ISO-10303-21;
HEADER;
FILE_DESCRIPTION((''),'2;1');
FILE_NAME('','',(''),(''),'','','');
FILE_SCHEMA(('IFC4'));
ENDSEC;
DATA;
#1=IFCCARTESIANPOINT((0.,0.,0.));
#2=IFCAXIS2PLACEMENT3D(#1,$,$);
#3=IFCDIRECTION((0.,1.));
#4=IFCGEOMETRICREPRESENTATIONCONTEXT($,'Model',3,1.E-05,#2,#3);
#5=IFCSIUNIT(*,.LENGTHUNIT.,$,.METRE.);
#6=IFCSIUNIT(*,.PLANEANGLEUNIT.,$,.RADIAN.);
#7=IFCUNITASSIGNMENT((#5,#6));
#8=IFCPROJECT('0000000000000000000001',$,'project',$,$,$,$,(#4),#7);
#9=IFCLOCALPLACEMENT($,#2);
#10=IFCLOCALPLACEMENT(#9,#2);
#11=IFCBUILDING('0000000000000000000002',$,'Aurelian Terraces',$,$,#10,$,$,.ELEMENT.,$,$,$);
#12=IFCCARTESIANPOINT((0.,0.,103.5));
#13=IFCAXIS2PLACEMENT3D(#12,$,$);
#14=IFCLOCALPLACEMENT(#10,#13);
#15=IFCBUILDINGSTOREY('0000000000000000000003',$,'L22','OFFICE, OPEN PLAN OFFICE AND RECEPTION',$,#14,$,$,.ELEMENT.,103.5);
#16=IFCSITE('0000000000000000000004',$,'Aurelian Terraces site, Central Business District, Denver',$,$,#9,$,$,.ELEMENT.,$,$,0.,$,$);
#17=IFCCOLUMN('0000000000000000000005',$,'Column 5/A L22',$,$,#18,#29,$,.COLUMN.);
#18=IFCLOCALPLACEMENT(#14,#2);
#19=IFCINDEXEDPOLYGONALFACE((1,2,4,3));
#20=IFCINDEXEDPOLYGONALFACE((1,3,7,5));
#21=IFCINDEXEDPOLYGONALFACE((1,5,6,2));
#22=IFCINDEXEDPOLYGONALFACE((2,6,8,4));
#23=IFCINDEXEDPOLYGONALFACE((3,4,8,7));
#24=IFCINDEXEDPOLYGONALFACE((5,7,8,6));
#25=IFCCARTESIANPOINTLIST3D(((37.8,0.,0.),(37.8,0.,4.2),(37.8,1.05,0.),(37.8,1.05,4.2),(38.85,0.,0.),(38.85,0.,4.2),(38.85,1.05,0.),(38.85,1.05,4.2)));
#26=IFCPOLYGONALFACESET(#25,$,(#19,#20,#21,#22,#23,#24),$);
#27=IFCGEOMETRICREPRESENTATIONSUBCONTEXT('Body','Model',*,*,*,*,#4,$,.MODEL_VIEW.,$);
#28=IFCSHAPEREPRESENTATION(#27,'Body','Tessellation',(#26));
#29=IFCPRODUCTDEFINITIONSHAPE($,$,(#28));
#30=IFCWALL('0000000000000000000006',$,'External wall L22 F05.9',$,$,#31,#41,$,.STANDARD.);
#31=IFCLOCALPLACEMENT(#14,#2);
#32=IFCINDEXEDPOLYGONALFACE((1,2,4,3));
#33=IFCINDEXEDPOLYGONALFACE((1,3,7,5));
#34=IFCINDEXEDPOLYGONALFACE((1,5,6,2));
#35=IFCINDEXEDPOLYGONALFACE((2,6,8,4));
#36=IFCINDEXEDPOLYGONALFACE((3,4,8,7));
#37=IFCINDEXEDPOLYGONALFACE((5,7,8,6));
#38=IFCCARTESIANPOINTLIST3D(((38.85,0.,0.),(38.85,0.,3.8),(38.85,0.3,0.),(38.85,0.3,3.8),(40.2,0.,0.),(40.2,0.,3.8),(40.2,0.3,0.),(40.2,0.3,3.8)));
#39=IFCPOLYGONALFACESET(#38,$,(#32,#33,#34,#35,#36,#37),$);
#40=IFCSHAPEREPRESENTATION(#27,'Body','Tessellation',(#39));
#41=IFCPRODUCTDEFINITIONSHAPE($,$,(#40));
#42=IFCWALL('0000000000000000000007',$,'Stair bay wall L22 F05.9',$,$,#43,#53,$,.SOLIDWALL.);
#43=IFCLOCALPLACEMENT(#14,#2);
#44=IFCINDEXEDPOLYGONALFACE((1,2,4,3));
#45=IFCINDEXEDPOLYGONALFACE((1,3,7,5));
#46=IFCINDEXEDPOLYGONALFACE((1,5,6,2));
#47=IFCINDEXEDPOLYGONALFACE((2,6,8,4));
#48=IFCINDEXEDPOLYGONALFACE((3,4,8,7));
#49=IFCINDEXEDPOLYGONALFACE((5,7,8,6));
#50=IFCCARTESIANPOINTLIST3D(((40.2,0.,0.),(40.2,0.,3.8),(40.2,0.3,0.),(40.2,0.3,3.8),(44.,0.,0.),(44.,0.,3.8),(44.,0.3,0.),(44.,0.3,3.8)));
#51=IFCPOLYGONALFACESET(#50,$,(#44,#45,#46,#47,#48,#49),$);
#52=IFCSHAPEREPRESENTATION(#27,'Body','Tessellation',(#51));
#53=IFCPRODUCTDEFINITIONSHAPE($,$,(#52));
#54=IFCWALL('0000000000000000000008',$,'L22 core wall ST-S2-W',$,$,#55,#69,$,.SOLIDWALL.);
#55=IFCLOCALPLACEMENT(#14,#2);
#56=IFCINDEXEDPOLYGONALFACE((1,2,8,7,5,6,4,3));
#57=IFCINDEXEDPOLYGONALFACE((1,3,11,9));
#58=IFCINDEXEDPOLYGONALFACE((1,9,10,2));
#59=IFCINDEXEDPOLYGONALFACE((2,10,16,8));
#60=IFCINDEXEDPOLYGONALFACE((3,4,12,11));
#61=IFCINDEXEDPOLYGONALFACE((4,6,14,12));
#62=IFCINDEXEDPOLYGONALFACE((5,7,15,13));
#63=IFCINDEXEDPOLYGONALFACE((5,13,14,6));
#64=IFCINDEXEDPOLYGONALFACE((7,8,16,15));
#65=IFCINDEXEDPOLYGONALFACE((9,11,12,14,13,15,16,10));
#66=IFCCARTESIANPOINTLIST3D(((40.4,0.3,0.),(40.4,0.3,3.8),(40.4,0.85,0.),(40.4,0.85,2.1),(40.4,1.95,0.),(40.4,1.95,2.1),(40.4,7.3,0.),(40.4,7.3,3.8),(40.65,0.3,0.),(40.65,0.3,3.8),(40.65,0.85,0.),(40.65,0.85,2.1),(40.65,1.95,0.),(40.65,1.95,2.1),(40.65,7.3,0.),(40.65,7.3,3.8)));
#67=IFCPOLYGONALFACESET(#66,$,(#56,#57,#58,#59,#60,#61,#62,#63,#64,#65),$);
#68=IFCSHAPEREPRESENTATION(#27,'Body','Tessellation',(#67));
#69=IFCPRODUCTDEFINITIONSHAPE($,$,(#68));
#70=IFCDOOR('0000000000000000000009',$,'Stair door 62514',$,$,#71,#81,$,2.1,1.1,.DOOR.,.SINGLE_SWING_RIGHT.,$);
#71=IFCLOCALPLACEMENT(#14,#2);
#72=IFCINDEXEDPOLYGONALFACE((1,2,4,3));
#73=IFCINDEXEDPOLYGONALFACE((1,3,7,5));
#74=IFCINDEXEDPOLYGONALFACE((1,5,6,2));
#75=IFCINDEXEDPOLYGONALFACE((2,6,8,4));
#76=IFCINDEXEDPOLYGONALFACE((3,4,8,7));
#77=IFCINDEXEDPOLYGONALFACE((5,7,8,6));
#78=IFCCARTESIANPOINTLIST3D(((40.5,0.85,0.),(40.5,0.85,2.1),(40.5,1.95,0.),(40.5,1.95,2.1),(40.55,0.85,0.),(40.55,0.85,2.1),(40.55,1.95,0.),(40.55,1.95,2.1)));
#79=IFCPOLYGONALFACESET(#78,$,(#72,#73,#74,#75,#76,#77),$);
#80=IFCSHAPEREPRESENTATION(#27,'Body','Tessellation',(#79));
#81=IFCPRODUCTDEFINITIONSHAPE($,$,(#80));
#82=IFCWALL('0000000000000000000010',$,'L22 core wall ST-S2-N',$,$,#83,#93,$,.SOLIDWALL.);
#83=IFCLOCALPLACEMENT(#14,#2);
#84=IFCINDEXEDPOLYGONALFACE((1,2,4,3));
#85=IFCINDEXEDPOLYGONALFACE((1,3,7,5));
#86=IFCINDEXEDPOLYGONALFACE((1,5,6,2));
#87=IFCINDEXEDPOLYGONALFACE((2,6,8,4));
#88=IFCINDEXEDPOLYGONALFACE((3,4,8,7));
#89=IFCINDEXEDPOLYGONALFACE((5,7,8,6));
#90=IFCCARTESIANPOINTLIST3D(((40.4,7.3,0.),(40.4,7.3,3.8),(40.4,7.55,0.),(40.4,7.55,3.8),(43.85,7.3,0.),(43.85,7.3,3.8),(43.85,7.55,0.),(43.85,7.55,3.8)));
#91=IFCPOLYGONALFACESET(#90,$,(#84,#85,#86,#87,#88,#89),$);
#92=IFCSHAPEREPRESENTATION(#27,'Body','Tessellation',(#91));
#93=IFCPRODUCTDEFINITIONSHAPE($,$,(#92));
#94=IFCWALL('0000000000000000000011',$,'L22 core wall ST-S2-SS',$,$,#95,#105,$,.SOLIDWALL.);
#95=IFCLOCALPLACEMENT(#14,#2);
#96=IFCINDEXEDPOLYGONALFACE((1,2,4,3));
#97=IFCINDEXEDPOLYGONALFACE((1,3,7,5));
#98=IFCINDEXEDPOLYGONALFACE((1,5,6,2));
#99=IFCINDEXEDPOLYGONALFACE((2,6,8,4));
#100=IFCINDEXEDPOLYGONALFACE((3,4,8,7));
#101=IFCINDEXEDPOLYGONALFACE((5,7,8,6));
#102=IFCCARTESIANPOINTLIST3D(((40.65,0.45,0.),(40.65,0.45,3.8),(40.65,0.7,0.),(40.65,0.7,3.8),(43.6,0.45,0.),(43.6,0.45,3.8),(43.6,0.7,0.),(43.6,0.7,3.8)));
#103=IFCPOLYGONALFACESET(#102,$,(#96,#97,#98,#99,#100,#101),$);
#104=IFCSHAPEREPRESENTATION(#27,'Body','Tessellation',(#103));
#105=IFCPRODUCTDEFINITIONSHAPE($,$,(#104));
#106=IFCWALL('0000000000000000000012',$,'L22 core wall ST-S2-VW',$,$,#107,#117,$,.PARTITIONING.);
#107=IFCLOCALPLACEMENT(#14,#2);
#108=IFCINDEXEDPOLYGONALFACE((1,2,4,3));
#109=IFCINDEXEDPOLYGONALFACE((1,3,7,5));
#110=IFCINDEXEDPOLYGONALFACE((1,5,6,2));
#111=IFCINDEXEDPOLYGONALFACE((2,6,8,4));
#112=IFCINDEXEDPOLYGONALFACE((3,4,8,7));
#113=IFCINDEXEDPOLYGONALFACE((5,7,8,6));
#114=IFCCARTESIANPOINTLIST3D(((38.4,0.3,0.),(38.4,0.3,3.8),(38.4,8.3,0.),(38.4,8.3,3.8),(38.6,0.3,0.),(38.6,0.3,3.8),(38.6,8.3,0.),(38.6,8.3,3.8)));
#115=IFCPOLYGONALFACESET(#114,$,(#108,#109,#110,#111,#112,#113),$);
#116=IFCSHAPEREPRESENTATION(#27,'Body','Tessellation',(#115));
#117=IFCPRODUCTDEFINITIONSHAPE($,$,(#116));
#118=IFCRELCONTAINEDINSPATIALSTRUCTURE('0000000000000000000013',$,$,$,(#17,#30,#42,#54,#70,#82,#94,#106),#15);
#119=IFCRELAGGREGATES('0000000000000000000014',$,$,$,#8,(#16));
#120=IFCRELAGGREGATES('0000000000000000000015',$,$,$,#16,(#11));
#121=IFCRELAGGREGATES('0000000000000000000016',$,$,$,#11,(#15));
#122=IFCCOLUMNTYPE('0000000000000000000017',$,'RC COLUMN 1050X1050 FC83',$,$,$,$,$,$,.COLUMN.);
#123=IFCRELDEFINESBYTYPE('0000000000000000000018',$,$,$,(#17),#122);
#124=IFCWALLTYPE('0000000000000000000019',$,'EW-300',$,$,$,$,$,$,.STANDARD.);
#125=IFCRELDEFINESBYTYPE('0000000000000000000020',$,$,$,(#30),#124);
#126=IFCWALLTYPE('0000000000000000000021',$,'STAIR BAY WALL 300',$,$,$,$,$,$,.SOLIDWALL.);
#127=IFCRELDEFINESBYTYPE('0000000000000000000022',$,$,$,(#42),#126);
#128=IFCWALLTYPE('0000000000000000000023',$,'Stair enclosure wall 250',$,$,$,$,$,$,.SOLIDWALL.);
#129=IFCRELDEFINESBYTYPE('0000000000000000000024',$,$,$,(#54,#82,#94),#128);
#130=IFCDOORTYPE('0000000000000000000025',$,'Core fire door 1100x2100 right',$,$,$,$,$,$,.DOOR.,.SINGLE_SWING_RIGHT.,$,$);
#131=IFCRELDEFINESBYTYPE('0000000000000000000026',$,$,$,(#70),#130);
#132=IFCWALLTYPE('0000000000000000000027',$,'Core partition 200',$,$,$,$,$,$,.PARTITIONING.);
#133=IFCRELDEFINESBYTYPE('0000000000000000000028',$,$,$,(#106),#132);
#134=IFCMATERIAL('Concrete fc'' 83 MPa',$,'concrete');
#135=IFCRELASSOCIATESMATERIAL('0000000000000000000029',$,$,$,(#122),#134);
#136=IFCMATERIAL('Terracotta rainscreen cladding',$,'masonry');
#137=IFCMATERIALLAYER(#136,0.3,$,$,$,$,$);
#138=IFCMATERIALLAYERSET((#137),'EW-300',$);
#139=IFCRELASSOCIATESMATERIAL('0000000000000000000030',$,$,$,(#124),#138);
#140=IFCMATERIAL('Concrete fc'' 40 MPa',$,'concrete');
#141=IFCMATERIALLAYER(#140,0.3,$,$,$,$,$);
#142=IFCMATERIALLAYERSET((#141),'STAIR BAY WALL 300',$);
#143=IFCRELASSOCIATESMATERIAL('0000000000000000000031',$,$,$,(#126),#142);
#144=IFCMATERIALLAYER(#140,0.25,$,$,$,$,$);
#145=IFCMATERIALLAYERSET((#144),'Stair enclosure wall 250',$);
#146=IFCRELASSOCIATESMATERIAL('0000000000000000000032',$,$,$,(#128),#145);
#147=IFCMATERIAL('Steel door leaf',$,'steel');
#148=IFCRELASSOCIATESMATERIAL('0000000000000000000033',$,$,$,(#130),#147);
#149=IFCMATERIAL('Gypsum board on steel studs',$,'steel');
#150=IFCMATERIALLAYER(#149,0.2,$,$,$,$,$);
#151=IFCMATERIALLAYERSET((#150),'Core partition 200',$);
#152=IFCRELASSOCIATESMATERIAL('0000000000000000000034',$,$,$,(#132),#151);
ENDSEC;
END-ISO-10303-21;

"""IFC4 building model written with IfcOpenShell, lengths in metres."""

from ifc_helpers import new_model, si_unit, direction, frame, frame_2d, origin, origin_2d, place, context, subcontext, project, spatial, rectangle, extrude, source, transform, mapped, material, layer, layer_set, material_profile, profile_set, type_object, element, fill, save


model = new_model("IFC4")

# Units and contexts
model_context = context("Model", 3, precision=1e-05, world=origin(), true_north=direction((0.0, 1.0)))
body_context = subcontext(model_context, "Body", "Model", "MODEL_VIEW")
ifc_project = project(units=[si_unit("LENGTHUNIT", "METRE"), si_unit("PLANEANGLEUNIT", "RADIAN")], contexts=[model_context])

# Site, building, storey
site_placement = place(None, origin())
site = spatial("IfcSite", under=ifc_project, at=site_placement, Name="Aurelian Terraces site, Central Business District, Denver", CompositionType="ELEMENT", RefElevation=0.0)
building_placement = place(site_placement, origin())
building = spatial("IfcBuilding", under=site, at=building_placement, Name="Aurelian Terraces", CompositionType="ELEMENT")
storey_placement = place(building_placement, frame((0.0, 0.0, 103.5)))
storey = spatial("IfcBuildingStorey", under=building, at=storey_placement, Name="L22", Description="OFFICE, OPEN PLAN OFFICE AND RECEPTION", CompositionType="ELEMENT", Elevation=103.5)

# Column
ifc_material_1 = material(Name="Concrete fc' 83 MPa", Category="concrete")
ifc_material_profile = material_profile(ifc_material_1, rectangle(XDim=1.05, YDim=1.05, at=origin_2d()))
ifc_profile_set = profile_set([ifc_material_profile], Name="Concrete fc' 83 MPa")
column_type = type_object("IfcColumnType", Name="RC COLUMN 1050X1050 FC83", PredefinedType="COLUMN", material=ifc_profile_set)
shared_shape_1 = source(origin(), body_context, "Body", "SweptSolid", [
    extrude(rectangle(XDim=1.05, YDim=1.05, at=origin_2d()), origin(), (0.0, 0.0, 1.0), 4.2),
])
column_placement = place(storey_placement, frame((38.325, 0.525, 0.0), z_axis=(0.0, 0.0, 1.0), x_axis=(1.0, 0.0, 0.0)))
element("IfcColumn", 1, at=column_placement, inside=storey, type_object=column_type, Name="Column 5/A L22", PredefinedType="COLUMN", context=body_context, shape_type="MappedRepresentation", body=[
    mapped(shared_shape_1, transform((0.0, 0.0, 0.0), scale=1.0)),
])

# Walls
ifc_material_2 = material(Name="Terracotta rainscreen cladding", Category="masonry")
ifc_layer_1 = layer(ifc_material_2, 0.3)
ifc_layer_set_1 = layer_set([ifc_layer_1], Name="EW-300")
wall_type_1 = type_object("IfcWallType", Name="EW-300", PredefinedType="STANDARD", material=ifc_layer_set_1)
wall_1_placement = place(storey_placement, frame((38.85, 0.15, 0.0), z_axis=(0.0, 0.0, 1.0), x_axis=(1.0, 0.0, 0.0)))
element("IfcWall", 2, at=wall_1_placement, inside=storey, type_object=wall_type_1, Name="External wall L22 F05.9", PredefinedType="STANDARD", context=body_context, shape_type="SweptSolid", body=[
    extrude(rectangle(XDim=1.35, YDim=0.3, at=frame_2d((0.675, 0.0))), origin(), (0.0, 0.0, 1.0), 3.8),
])
ifc_material_3 = material(Name="Concrete fc' 40 MPa", Category="concrete")
ifc_layer_2 = layer(ifc_material_3, 0.3)
ifc_layer_set_2 = layer_set([ifc_layer_2], Name="STAIR BAY WALL 300")
wall_type_2 = type_object("IfcWallType", Name="STAIR BAY WALL 300", PredefinedType="SOLIDWALL", material=ifc_layer_set_2)
shared_shape_2 = source(origin(), body_context, "Body", "SweptSolid", [
    extrude(rectangle(XDim=3.8, YDim=0.3, at=frame_2d((1.9, 0.0))), origin(), (0.0, 0.0, 1.0), 3.8),
])
wall_2_placement = place(storey_placement, frame((40.2, 0.15, 0.0), z_axis=(0.0, 0.0, 1.0), x_axis=(1.0, 0.0, 0.0)))
element("IfcWall", 3, at=wall_2_placement, inside=storey, type_object=wall_type_2, Name="Stair bay wall L22 F05.9", PredefinedType="SOLIDWALL", context=body_context, shape_type="MappedRepresentation", body=[
    mapped(shared_shape_2, transform((0.0, 0.0, 0.0), scale=1.0)),
])

# Wall, opening, door
ifc_layer_3 = layer(ifc_material_3, 0.25)
ifc_layer_set_3 = layer_set([ifc_layer_3], Name="Stair enclosure wall 250")
wall_type_3 = type_object("IfcWallType", Name="Stair enclosure wall 250", PredefinedType="SOLIDWALL", material=ifc_layer_set_3)
shared_shape_3 = source(origin(), body_context, "Body", "SweptSolid", [
    extrude(rectangle(XDim=7.0, YDim=0.25, at=frame_2d((3.5, 0.0))), origin(), (0.0, 0.0, 1.0), 3.8),
])
wall_3_placement = place(storey_placement, frame((40.525, 0.3, 0.0), z_axis=(0.0, 0.0, 1.0), x_axis=(0.0, 1.0, 0.0)))
wall_3 = element("IfcWall", 4, at=wall_3_placement, inside=storey, type_object=wall_type_3, Name="L22 core wall ST-S2-W", PredefinedType="SOLIDWALL", context=body_context, shape_type="MappedRepresentation", body=[
    mapped(shared_shape_3, transform((0.0, 0.0, 0.0), scale=1.0)),
])
shared_shape_4 = source(origin(), body_context, "Body", "SweptSolid", [
    extrude(rectangle(XDim=1.1, YDim=2.1, at=frame_2d((0.55, 1.05))), frame((0.0, 0.135, 0.0), z_axis=(0.0, -1.0, 0.0), x_axis=(1.0, 0.0, 0.0)), (0.0, 0.0, 1.0), 0.27),
])
opening_1_placement = place(wall_3_placement, frame((0.55, 0.0, 0.0)))
opening_1 = element("IfcOpeningElement", 5, at=opening_1_placement, cuts=wall_3, PredefinedType="OPENING", context=body_context, shape_type="MappedRepresentation", body=[
    mapped(shared_shape_4, transform((0.0, 0.0, 0.0), scale=1.0)),
])
ifc_material_4 = material(Name="Steel door leaf", Category="steel")
door_type_1 = type_object("IfcDoorType", Name="Core fire door 1100x2100 right", OperationType="SINGLE_SWING_RIGHT", PredefinedType="DOOR", material=ifc_material_4)
shared_shape_5 = source(origin(), body_context, "Body", "SweptSolid", [
    extrude(rectangle(XDim=1.1, YDim=2.1, at=frame_2d((0.55, 1.05))), frame((0.0, 0.025, 0.0), z_axis=(0.0, -1.0, 0.0), x_axis=(1.0, 0.0, 0.0)), (0.0, 0.0, 1.0), 0.05),
])
door_1_placement = place(opening_1_placement, origin())
door_1 = element("IfcDoor", 6, at=door_1_placement, inside=storey, type_object=door_type_1, Name="Stair door 62514", OperationType="SINGLE_SWING_RIGHT", OverallHeight=2.1, OverallWidth=1.1, PredefinedType="DOOR", context=body_context, shape_type="MappedRepresentation", body=[
    mapped(shared_shape_5, transform((0.0, 0.0, 0.0), scale=1.0)),
])
fill(opening_1, door_1)

# Walls
shared_shape_6 = source(origin(), body_context, "Body", "SweptSolid", [
    extrude(rectangle(XDim=3.45, YDim=0.25, at=frame_2d((1.725, 0.0))), origin(), (0.0, 0.0, 1.0), 3.8),
])
wall_4_placement = place(storey_placement, frame((40.4, 7.425, 0.0), z_axis=(0.0, 0.0, 1.0), x_axis=(1.0, 0.0, 0.0)))
element("IfcWall", 7, at=wall_4_placement, inside=storey, type_object=wall_type_3, Name="L22 core wall ST-S2-N", PredefinedType="SOLIDWALL", context=body_context, shape_type="MappedRepresentation", body=[
    mapped(shared_shape_6, transform((0.0, 0.0, 0.0), scale=1.0)),
])
shared_shape_7 = source(origin(), body_context, "Body", "SweptSolid", [
    extrude(rectangle(XDim=2.95, YDim=0.25, at=frame_2d((1.475, 0.0))), origin(), (0.0, 0.0, 1.0), 3.8),
])
wall_5_placement = place(storey_placement, frame((40.65, 0.575, 0.0), z_axis=(0.0, 0.0, 1.0), x_axis=(1.0, 0.0, 0.0)))
element("IfcWall", 8, at=wall_5_placement, inside=storey, type_object=wall_type_3, Name="L22 core wall ST-S2-SS", PredefinedType="SOLIDWALL", context=body_context, shape_type="MappedRepresentation", body=[
    mapped(shared_shape_7, transform((0.0, 0.0, 0.0), scale=1.0)),
])
ifc_material_5 = material(Name="Gypsum board on steel studs", Category="steel")
ifc_layer_4 = layer(ifc_material_5, 0.2)
ifc_layer_set_4 = layer_set([ifc_layer_4], Name="Core partition 200")
wall_type_4 = type_object("IfcWallType", Name="Core partition 200", PredefinedType="PARTITIONING", material=ifc_layer_set_4)
shared_shape_8 = source(origin(), body_context, "Body", "SweptSolid", [
    extrude(rectangle(XDim=8.0, YDim=0.2, at=frame_2d((4.0, 0.0))), origin(), (0.0, 0.0, 1.0), 3.8),
])
wall_6_placement = place(storey_placement, frame((38.5, 0.3, 0.0), z_axis=(0.0, 0.0, 1.0), x_axis=(0.0, 1.0, 0.0)))
element("IfcWall", 9, at=wall_6_placement, inside=storey, type_object=wall_type_4, Name="L22 core wall ST-S2-VW", PredefinedType="PARTITIONING", context=body_context, shape_type="MappedRepresentation", body=[
    mapped(shared_shape_8, transform((0.0, 0.0, 0.0), scale=1.0)),
])

save(model, "model.ifc")
